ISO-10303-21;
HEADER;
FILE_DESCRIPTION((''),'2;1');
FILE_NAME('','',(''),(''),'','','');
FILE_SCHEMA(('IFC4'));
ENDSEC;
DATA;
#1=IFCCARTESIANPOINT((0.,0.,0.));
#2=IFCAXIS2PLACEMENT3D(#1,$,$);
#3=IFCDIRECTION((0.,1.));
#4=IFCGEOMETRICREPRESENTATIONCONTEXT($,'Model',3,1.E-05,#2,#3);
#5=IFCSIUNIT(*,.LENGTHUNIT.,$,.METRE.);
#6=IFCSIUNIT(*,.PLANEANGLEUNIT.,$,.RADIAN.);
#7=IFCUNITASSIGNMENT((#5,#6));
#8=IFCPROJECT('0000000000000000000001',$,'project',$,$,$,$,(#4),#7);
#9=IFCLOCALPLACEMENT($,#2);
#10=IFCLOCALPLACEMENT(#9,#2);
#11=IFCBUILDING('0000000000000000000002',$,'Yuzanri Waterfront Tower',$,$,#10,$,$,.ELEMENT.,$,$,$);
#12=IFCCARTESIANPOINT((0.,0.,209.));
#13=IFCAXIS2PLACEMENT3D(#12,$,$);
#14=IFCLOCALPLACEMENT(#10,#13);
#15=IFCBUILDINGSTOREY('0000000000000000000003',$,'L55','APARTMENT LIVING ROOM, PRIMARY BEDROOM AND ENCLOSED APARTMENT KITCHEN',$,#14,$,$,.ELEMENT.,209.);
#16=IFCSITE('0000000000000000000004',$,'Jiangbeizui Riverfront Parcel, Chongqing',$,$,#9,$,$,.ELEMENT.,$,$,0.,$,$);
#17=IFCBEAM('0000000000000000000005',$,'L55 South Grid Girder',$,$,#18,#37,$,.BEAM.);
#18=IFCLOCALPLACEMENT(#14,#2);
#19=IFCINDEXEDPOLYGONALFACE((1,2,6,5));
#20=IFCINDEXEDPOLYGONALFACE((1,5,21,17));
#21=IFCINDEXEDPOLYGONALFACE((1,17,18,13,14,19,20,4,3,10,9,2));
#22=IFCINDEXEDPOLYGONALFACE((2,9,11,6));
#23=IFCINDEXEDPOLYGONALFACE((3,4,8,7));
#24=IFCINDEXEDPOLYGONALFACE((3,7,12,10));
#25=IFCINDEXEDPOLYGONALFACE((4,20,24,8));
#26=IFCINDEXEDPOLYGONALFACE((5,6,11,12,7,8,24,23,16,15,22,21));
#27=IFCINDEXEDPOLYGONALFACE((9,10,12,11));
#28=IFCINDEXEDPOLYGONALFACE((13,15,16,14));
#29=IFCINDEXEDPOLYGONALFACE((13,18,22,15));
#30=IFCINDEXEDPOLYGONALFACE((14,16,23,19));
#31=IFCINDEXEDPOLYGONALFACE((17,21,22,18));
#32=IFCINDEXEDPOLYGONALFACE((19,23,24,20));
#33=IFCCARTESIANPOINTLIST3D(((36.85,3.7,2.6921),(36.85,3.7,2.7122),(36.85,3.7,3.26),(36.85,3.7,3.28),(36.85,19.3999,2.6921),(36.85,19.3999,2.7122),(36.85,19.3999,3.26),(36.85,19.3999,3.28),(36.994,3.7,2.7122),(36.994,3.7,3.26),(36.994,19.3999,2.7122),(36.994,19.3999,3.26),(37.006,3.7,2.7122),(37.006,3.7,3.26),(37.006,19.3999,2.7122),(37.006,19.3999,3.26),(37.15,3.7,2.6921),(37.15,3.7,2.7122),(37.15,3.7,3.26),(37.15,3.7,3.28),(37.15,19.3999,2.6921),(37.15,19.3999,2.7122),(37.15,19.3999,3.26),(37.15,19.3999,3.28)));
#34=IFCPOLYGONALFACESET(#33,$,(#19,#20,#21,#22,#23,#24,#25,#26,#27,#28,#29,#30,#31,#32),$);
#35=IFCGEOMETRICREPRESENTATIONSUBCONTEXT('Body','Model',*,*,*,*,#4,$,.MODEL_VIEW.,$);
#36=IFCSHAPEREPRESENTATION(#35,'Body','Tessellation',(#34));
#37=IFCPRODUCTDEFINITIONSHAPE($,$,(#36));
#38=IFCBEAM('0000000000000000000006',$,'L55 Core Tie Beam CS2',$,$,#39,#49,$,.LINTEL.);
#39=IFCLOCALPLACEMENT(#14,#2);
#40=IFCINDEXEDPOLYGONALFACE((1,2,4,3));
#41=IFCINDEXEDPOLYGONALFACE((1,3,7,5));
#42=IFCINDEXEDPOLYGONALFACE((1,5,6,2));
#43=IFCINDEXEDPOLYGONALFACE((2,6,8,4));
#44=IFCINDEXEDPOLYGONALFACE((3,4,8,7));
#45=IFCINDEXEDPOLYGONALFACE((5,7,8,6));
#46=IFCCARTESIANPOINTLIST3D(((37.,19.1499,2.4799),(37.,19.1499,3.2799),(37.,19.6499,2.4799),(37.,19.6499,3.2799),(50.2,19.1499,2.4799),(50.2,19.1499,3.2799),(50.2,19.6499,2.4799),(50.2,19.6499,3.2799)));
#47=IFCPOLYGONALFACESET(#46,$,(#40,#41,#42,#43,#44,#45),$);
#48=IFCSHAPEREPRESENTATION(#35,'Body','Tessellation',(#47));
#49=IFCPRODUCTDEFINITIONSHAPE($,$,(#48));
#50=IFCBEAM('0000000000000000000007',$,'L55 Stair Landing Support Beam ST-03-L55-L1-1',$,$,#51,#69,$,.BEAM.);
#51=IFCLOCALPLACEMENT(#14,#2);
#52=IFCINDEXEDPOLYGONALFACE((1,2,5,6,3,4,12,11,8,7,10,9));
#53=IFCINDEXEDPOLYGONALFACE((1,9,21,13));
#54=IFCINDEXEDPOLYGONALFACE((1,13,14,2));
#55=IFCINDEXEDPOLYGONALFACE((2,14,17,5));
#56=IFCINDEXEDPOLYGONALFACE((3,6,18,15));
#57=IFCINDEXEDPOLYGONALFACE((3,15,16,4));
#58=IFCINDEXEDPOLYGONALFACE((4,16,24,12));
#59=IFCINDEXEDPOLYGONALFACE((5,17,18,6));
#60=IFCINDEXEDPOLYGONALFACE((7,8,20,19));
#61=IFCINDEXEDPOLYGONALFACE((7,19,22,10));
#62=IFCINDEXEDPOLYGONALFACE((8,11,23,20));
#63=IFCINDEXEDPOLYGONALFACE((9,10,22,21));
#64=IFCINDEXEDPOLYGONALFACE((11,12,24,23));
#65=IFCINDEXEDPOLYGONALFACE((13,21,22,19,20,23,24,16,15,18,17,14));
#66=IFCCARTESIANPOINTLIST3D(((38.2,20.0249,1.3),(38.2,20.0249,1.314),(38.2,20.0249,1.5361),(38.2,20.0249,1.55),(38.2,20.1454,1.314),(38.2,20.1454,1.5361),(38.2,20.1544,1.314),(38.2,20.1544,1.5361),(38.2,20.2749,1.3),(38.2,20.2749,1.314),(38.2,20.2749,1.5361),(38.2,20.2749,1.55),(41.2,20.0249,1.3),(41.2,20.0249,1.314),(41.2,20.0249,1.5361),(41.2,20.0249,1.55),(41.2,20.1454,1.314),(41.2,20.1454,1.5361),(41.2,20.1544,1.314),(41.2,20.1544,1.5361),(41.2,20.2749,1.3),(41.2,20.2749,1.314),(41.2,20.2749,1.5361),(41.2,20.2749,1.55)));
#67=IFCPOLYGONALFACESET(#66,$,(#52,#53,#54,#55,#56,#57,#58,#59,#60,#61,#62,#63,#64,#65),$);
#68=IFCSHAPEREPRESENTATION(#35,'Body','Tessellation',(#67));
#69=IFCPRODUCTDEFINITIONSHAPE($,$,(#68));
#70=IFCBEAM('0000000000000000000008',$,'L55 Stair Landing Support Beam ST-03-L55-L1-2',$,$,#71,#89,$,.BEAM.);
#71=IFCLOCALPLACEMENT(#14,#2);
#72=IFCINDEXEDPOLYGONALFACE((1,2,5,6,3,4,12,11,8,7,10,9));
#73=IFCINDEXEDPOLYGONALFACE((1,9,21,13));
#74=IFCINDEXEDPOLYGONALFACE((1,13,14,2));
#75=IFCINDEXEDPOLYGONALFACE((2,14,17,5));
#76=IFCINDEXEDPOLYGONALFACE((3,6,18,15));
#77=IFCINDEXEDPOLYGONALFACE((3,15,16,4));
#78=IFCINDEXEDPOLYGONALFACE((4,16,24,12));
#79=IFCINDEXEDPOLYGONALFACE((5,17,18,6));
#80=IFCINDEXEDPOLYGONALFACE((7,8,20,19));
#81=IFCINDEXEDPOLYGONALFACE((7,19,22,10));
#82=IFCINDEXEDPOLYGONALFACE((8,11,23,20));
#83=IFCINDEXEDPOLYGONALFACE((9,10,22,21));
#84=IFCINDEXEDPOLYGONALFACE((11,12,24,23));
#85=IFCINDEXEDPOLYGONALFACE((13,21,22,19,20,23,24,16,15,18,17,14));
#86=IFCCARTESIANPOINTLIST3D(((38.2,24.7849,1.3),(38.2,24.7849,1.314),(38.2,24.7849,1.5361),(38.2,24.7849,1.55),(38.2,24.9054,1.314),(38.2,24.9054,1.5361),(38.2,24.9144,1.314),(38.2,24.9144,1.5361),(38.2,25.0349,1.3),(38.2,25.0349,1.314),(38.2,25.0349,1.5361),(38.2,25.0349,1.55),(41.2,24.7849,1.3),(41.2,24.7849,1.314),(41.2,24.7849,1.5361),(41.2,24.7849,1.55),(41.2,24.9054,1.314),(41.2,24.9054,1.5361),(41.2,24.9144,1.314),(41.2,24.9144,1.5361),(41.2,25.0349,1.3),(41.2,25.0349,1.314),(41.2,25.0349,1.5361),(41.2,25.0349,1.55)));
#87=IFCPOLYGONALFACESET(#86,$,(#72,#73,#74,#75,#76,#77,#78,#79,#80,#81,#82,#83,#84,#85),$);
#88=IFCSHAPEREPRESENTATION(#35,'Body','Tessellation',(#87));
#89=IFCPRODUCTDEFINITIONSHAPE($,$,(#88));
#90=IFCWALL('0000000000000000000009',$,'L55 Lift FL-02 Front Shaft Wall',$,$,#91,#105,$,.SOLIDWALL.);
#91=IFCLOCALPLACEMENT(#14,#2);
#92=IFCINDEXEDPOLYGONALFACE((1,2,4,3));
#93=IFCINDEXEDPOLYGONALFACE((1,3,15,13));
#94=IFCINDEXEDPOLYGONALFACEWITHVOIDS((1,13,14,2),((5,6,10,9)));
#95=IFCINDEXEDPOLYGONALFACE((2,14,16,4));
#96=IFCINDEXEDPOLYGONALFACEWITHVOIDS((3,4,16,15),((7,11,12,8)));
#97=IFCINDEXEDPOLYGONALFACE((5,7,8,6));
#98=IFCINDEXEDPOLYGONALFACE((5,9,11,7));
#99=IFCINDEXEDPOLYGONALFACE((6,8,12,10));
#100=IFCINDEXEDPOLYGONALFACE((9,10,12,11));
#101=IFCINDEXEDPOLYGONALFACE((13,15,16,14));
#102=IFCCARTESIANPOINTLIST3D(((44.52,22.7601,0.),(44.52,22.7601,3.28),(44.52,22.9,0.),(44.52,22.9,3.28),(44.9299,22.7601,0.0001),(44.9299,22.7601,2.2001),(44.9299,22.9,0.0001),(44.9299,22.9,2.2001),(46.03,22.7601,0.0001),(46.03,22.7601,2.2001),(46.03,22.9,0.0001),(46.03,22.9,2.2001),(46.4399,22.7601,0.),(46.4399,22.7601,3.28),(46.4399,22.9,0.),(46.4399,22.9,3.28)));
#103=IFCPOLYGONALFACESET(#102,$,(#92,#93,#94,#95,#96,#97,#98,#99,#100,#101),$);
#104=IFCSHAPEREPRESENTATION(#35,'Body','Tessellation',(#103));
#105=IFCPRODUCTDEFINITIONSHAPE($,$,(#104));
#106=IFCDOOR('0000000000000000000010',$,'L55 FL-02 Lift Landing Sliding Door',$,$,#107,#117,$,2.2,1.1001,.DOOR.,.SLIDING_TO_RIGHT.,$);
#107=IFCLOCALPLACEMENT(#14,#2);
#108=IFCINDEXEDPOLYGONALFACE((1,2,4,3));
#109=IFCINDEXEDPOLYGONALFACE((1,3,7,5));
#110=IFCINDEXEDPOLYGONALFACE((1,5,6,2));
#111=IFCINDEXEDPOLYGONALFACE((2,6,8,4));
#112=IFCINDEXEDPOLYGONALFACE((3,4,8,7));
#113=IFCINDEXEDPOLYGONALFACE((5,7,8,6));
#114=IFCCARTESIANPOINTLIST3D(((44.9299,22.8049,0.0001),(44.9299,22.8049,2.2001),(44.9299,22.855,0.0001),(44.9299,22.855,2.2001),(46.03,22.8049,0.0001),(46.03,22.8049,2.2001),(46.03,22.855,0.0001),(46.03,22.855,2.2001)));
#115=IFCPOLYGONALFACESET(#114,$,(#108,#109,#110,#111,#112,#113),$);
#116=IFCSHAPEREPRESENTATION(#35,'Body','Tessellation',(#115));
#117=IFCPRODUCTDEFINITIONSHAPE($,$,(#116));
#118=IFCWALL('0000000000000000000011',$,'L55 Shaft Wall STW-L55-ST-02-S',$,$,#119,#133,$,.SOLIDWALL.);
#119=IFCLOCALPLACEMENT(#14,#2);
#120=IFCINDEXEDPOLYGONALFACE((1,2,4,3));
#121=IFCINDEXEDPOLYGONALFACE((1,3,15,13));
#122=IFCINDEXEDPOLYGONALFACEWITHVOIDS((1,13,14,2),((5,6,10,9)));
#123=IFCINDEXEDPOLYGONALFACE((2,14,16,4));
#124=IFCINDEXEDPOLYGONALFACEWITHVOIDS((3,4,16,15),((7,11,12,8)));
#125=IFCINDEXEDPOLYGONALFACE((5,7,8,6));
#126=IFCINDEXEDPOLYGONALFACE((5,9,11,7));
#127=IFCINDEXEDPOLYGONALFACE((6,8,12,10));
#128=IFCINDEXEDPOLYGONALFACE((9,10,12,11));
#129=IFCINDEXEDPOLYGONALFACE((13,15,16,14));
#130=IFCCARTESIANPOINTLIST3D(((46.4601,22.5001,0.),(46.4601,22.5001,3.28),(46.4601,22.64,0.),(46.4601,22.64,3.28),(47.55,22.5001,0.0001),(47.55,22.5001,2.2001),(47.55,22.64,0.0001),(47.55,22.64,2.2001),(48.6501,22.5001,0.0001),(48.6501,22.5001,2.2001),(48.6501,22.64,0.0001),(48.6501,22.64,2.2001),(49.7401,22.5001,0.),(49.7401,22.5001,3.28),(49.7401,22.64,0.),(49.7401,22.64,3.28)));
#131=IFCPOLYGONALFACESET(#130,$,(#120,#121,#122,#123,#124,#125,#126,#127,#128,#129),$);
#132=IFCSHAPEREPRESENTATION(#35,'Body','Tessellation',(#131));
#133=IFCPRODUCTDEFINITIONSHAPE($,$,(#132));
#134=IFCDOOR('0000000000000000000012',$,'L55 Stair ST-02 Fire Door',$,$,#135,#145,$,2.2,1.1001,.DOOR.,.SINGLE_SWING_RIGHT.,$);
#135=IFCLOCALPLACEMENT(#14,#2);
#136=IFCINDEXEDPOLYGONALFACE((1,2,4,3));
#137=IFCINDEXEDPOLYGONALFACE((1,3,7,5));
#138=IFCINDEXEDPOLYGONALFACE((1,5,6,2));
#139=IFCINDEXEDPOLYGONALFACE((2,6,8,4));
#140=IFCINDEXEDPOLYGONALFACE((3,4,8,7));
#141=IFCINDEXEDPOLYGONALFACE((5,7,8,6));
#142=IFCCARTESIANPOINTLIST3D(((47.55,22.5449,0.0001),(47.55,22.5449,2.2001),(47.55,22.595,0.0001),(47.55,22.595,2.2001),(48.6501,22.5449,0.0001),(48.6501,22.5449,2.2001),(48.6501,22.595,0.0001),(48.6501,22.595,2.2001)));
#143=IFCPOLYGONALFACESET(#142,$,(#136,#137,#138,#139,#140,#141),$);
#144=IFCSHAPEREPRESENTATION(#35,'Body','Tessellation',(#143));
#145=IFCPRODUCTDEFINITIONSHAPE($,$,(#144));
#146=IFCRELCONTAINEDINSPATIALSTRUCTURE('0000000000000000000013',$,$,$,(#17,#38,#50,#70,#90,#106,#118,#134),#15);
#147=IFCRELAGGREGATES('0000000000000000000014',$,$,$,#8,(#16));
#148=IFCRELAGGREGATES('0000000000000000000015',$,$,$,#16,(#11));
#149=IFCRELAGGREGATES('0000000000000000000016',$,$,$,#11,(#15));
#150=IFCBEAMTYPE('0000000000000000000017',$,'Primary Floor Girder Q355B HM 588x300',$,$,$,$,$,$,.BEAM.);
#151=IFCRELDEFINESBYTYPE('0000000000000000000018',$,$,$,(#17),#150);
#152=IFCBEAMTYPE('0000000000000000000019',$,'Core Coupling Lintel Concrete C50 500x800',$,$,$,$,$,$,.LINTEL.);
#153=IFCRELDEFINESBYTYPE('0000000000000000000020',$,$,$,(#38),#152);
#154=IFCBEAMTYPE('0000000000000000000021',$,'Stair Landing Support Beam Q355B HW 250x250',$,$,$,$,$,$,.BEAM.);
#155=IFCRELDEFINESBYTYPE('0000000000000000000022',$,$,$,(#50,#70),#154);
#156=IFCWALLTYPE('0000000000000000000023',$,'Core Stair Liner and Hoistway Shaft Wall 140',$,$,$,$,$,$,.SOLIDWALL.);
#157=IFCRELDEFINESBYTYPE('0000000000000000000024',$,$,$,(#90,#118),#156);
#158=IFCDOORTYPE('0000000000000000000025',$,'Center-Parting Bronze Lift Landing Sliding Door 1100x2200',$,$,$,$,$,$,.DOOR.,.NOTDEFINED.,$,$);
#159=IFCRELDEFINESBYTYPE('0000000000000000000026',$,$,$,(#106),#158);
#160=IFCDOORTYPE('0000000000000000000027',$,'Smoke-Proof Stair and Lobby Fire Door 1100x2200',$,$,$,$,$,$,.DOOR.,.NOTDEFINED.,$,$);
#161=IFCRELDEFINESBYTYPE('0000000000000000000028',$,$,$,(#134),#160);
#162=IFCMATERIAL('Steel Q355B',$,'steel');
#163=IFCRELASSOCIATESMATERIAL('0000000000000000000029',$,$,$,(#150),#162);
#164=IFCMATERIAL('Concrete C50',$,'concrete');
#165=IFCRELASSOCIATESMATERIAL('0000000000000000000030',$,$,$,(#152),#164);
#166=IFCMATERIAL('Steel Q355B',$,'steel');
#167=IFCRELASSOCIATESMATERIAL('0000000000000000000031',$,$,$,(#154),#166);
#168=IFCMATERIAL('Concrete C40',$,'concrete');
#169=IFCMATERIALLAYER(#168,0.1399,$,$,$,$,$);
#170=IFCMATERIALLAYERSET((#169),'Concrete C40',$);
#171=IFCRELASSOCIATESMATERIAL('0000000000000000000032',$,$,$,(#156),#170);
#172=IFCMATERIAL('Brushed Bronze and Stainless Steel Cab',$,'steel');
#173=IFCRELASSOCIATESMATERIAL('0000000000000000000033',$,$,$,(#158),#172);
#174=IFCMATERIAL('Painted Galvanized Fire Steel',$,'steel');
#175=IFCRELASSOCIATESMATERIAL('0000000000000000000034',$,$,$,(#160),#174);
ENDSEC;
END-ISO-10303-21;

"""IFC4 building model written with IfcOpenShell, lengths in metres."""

from ifc_helpers import new_model, si_unit, direction, frame, frame_2d, origin, origin_2d, place, context, subcontext, project, spatial, rectangle, i_section, extrude, source, transform, mapped, material, layer, layer_set, material_profile, profile_set, type_object, element, fill, save


model = new_model("IFC4")

# Units and contexts
model_context = context("Model", 3, precision=1e-05, world=origin(), true_north=direction((0.0, 1.0)))
body_context = subcontext(model_context, "Body", "Model", "MODEL_VIEW")
ifc_project = project(units=[si_unit("LENGTHUNIT", "METRE"), si_unit("PLANEANGLEUNIT", "RADIAN")], contexts=[model_context])

# Site, building, storey
site_placement = place(None, origin())
site = spatial("IfcSite", under=ifc_project, at=site_placement, Name="Jiangbeizui Riverfront Parcel, Chongqing", CompositionType="ELEMENT", RefElevation=0.0)
building_placement = place(site_placement, origin())
building = spatial("IfcBuilding", under=site, at=building_placement, Name="Yuzanri Waterfront Tower", CompositionType="ELEMENT")
storey_placement = place(building_placement, frame((0.0, 0.0, 209.0)))
storey = spatial("IfcBuildingStorey", under=building, at=storey_placement, Name="L55", Description="APARTMENT LIVING ROOM, PRIMARY BEDROOM AND ENCLOSED APARTMENT KITCHEN", CompositionType="ELEMENT", Elevation=209.0)

# Beams
ifc_material_1 = material(Name="Steel Q355B", Category="steel")
ifc_material_profile_1 = material_profile(ifc_material_1, i_section(OverallWidth=0.3, OverallDepth=0.5879, WebThickness=0.012, FlangeThickness=0.02, at=origin_2d()), Name="HM 588x300x12x20")
ifc_profile_set_1 = profile_set([ifc_material_profile_1], Name="Steel Q355B")
beam_type_1 = type_object("IfcBeamType", Name="Primary Floor Girder Q355B HM 588x300", PredefinedType="BEAM", material=ifc_profile_set_1)
shared_shape_1 = source(origin(), body_context, "Body", "SweptSolid", [
    extrude(i_section(OverallWidth=0.3, OverallDepth=0.5879, WebThickness=0.012, FlangeThickness=0.02, at=origin_2d()), origin(), (0.0, 0.0, 1.0), 15.7),
])
beam_1_placement = place(storey_placement, frame((37.0, 19.3999, 2.9861), z_axis=(0.0, -1.0, 0.0), x_axis=(1.0, 0.0, 0.0)))
element("IfcBeam", 1, at=beam_1_placement, inside=storey, type_object=beam_type_1, Name="L55 South Grid Girder", PredefinedType="BEAM", context=body_context, shape_type="MappedRepresentation", body=[
    mapped(shared_shape_1, transform((0.0, 0.0, 0.0), scale=1.0)),
])
ifc_material_2 = material(Name="Concrete C50", Category="concrete")
ifc_material_profile_2 = material_profile(ifc_material_2, rectangle(XDim=0.5, YDim=0.8, at=origin_2d()), Name="RC 500x800")
ifc_profile_set_2 = profile_set([ifc_material_profile_2], Name="Concrete C50")
beam_type_2 = type_object("IfcBeamType", Name="Core Coupling Lintel Concrete C50 500x800", PredefinedType="LINTEL", material=ifc_profile_set_2)
shared_shape_2 = source(origin(), body_context, "Body", "SweptSolid", [
    extrude(rectangle(XDim=0.5, YDim=0.8, at=origin_2d()), origin(), (0.0, 0.0, 1.0), 13.2),
])
beam_2_placement = place(storey_placement, frame((37.0, 19.3999, 2.8799), z_axis=(1.0, 0.0, 0.0), x_axis=(0.0, 1.0, 0.0)))
element("IfcBeam", 2, at=beam_2_placement, inside=storey, type_object=beam_type_2, Name="L55 Core Tie Beam CS2", PredefinedType="LINTEL", context=body_context, shape_type="MappedRepresentation", body=[
    mapped(shared_shape_2, transform((0.0, 0.0, 0.0), scale=1.0)),
])
ifc_material_3 = material(Name="Steel Q355B", Category="steel")
ifc_material_profile_3 = material_profile(ifc_material_3, i_section(OverallWidth=0.25, OverallDepth=0.25, WebThickness=0.009, FlangeThickness=0.0139, at=origin_2d()), Name="HW 250x250x9x14")
ifc_profile_set_3 = profile_set([ifc_material_profile_3], Name="Steel Q355B")
beam_type_3 = type_object("IfcBeamType", Name="Stair Landing Support Beam Q355B HW 250x250", PredefinedType="BEAM", material=ifc_profile_set_3)
shared_shape_3 = source(origin(), body_context, "Body", "SweptSolid", [
    extrude(i_section(OverallWidth=0.25, OverallDepth=0.25, WebThickness=0.009, FlangeThickness=0.0139, at=origin_2d()), origin(), (0.0, 0.0, 1.0), 3.0),
])
for number, where, z_axis, x_axis, name in (
    (3, (38.2, 20.1499, 1.425), (1.0, 0.0, 0.0), (0.0, 1.0, 0.0), "L55 Stair Landing Support Beam ST-03-L55-L1-1"),
    (4, (38.2, 24.9099, 1.425), (1.0, 0.0, 0.0), (0.0, 1.0, 0.0), "L55 Stair Landing Support Beam ST-03-L55-L1-2"),
):
    element("IfcBeam", number, at=place(storey_placement, frame(where, z_axis=z_axis, x_axis=x_axis)), inside=storey, type_object=beam_type_3, Name=name, PredefinedType="BEAM", context=body_context, shape_type="MappedRepresentation", body=[
        mapped(shared_shape_3, transform((0.0, 0.0, 0.0), scale=1.0)),
    ])

# Walls, openings, doors
ifc_material_4 = material(Name="Concrete C40", Category="concrete")
ifc_layer_1 = layer(ifc_material_4, 0.1399)
ifc_layer_set_1 = layer_set([ifc_layer_1], Name="Concrete C40")
wall_type_1 = type_object("IfcWallType", Name="Core Stair Liner and Hoistway Shaft Wall 140", PredefinedType="SOLIDWALL", material=ifc_layer_set_1)
wall_1_placement = place(storey_placement, frame((44.52, 22.8301, 0.0), z_axis=(0.0, 0.0, 1.0), x_axis=(1.0, 0.0, 0.0)))
wall_1 = element("IfcWall", 5, at=wall_1_placement, inside=storey, type_object=wall_type_1, Name="L55 Lift FL-02 Front Shaft Wall", PredefinedType="SOLIDWALL", context=body_context, shape_type="SweptSolid", body=[
    extrude(rectangle(XDim=1.9199, YDim=0.1399, at=frame_2d((0.96, 0.0))), origin(), (0.0, 0.0, 1.0), 3.28),
])
opening_1_placement = place(wall_1_placement, frame((0.4099, 0.0, 0.0)))
opening_1 = element("IfcOpeningElement", 6, at=opening_1_placement, cuts=wall_1, PredefinedType="OPENING", context=body_context, shape_type="SweptSolid", body=[
    extrude(rectangle(XDim=1.1001, YDim=2.2, at=frame_2d((0.55, 1.1001))), frame((0.0, 0.085, 0.0), z_axis=(0.0, -1.0, 0.0), x_axis=(1.0, 0.0, 0.0)), (0.0, 0.0, 1.0), 0.1697),
])
ifc_material_5 = material(Name="Brushed Bronze and Stainless Steel Cab", Category="steel")
door_type_1 = type_object("IfcDoorType", Name="Center-Parting Bronze Lift Landing Sliding Door 1100x2200", OperationType="NOTDEFINED", PredefinedType="DOOR", material=ifc_material_5)
shared_shape_4 = source(origin(), body_context, "Body", "SweptSolid", [
    extrude(rectangle(XDim=1.1001, YDim=2.2, at=frame_2d((0.55, 1.1001))), frame((0.0, 0.0249, 0.0), z_axis=(0.0, -1.0, 0.0), x_axis=(1.0, 0.0, 0.0)), (0.0, 0.0, 1.0), 0.05),
])
door_1_placement = place(opening_1_placement, origin())
door_1 = element("IfcDoor", 7, at=door_1_placement, inside=storey, type_object=door_type_1, Name="L55 FL-02 Lift Landing Sliding Door", OperationType="SLIDING_TO_RIGHT", OverallHeight=2.2, OverallWidth=1.1001, PredefinedType="DOOR", context=body_context, shape_type="MappedRepresentation", body=[
    mapped(shared_shape_4, transform((0.0, 0.0, 0.0), scale=1.0)),
])
fill(opening_1, door_1)
wall_2_placement = place(storey_placement, frame((46.46, 22.5701, 0.0), z_axis=(0.0, 0.0, 1.0), x_axis=(1.0, 0.0, 0.0)))
wall_2 = element("IfcWall", 8, at=wall_2_placement, inside=storey, type_object=wall_type_1, Name="L55 Shaft Wall STW-L55-ST-02-S", PredefinedType="SOLIDWALL", context=body_context, shape_type="SweptSolid", body=[
    extrude(rectangle(XDim=3.28, YDim=0.1399, at=frame_2d((1.6401, 0.0))), origin(), (0.0, 0.0, 1.0), 3.28),
])
opening_2_placement = place(wall_2_placement, frame((1.0901, 0.0, 0.0)))
opening_2 = element("IfcOpeningElement", 9, at=opening_2_placement, cuts=wall_2, PredefinedType="OPENING", context=body_context, shape_type="SweptSolid", body=[
    extrude(rectangle(XDim=1.1001, YDim=2.2, at=frame_2d((0.55, 1.1001))), frame((0.0, 0.085, 0.0), z_axis=(0.0, -1.0, 0.0), x_axis=(1.0, 0.0, 0.0)), (0.0, 0.0, 1.0), 0.1697),
])
ifc_material_6 = material(Name="Painted Galvanized Fire Steel", Category="steel")
door_type_2 = type_object("IfcDoorType", Name="Smoke-Proof Stair and Lobby Fire Door 1100x2200", OperationType="NOTDEFINED", PredefinedType="DOOR", material=ifc_material_6)
shared_shape_5 = source(origin(), body_context, "Body", "SweptSolid", [
    extrude(rectangle(XDim=1.1001, YDim=2.2, at=frame_2d((0.55, 1.1001))), frame((0.0, 0.0249, 0.0), z_axis=(0.0, -1.0, 0.0), x_axis=(1.0, 0.0, 0.0)), (0.0, 0.0, 1.0), 0.05),
])
door_2_placement = place(opening_2_placement, origin())
door_2 = element("IfcDoor", 10, at=door_2_placement, inside=storey, type_object=door_type_2, Name="L55 Stair ST-02 Fire Door", OperationType="SINGLE_SWING_RIGHT", OverallHeight=2.2, OverallWidth=1.1001, PredefinedType="DOOR", context=body_context, shape_type="MappedRepresentation", body=[
    mapped(shared_shape_5, transform((0.0, 0.0, 0.0), scale=1.0)),
])
fill(opening_2, door_2)

save(model, "model.ifc")
